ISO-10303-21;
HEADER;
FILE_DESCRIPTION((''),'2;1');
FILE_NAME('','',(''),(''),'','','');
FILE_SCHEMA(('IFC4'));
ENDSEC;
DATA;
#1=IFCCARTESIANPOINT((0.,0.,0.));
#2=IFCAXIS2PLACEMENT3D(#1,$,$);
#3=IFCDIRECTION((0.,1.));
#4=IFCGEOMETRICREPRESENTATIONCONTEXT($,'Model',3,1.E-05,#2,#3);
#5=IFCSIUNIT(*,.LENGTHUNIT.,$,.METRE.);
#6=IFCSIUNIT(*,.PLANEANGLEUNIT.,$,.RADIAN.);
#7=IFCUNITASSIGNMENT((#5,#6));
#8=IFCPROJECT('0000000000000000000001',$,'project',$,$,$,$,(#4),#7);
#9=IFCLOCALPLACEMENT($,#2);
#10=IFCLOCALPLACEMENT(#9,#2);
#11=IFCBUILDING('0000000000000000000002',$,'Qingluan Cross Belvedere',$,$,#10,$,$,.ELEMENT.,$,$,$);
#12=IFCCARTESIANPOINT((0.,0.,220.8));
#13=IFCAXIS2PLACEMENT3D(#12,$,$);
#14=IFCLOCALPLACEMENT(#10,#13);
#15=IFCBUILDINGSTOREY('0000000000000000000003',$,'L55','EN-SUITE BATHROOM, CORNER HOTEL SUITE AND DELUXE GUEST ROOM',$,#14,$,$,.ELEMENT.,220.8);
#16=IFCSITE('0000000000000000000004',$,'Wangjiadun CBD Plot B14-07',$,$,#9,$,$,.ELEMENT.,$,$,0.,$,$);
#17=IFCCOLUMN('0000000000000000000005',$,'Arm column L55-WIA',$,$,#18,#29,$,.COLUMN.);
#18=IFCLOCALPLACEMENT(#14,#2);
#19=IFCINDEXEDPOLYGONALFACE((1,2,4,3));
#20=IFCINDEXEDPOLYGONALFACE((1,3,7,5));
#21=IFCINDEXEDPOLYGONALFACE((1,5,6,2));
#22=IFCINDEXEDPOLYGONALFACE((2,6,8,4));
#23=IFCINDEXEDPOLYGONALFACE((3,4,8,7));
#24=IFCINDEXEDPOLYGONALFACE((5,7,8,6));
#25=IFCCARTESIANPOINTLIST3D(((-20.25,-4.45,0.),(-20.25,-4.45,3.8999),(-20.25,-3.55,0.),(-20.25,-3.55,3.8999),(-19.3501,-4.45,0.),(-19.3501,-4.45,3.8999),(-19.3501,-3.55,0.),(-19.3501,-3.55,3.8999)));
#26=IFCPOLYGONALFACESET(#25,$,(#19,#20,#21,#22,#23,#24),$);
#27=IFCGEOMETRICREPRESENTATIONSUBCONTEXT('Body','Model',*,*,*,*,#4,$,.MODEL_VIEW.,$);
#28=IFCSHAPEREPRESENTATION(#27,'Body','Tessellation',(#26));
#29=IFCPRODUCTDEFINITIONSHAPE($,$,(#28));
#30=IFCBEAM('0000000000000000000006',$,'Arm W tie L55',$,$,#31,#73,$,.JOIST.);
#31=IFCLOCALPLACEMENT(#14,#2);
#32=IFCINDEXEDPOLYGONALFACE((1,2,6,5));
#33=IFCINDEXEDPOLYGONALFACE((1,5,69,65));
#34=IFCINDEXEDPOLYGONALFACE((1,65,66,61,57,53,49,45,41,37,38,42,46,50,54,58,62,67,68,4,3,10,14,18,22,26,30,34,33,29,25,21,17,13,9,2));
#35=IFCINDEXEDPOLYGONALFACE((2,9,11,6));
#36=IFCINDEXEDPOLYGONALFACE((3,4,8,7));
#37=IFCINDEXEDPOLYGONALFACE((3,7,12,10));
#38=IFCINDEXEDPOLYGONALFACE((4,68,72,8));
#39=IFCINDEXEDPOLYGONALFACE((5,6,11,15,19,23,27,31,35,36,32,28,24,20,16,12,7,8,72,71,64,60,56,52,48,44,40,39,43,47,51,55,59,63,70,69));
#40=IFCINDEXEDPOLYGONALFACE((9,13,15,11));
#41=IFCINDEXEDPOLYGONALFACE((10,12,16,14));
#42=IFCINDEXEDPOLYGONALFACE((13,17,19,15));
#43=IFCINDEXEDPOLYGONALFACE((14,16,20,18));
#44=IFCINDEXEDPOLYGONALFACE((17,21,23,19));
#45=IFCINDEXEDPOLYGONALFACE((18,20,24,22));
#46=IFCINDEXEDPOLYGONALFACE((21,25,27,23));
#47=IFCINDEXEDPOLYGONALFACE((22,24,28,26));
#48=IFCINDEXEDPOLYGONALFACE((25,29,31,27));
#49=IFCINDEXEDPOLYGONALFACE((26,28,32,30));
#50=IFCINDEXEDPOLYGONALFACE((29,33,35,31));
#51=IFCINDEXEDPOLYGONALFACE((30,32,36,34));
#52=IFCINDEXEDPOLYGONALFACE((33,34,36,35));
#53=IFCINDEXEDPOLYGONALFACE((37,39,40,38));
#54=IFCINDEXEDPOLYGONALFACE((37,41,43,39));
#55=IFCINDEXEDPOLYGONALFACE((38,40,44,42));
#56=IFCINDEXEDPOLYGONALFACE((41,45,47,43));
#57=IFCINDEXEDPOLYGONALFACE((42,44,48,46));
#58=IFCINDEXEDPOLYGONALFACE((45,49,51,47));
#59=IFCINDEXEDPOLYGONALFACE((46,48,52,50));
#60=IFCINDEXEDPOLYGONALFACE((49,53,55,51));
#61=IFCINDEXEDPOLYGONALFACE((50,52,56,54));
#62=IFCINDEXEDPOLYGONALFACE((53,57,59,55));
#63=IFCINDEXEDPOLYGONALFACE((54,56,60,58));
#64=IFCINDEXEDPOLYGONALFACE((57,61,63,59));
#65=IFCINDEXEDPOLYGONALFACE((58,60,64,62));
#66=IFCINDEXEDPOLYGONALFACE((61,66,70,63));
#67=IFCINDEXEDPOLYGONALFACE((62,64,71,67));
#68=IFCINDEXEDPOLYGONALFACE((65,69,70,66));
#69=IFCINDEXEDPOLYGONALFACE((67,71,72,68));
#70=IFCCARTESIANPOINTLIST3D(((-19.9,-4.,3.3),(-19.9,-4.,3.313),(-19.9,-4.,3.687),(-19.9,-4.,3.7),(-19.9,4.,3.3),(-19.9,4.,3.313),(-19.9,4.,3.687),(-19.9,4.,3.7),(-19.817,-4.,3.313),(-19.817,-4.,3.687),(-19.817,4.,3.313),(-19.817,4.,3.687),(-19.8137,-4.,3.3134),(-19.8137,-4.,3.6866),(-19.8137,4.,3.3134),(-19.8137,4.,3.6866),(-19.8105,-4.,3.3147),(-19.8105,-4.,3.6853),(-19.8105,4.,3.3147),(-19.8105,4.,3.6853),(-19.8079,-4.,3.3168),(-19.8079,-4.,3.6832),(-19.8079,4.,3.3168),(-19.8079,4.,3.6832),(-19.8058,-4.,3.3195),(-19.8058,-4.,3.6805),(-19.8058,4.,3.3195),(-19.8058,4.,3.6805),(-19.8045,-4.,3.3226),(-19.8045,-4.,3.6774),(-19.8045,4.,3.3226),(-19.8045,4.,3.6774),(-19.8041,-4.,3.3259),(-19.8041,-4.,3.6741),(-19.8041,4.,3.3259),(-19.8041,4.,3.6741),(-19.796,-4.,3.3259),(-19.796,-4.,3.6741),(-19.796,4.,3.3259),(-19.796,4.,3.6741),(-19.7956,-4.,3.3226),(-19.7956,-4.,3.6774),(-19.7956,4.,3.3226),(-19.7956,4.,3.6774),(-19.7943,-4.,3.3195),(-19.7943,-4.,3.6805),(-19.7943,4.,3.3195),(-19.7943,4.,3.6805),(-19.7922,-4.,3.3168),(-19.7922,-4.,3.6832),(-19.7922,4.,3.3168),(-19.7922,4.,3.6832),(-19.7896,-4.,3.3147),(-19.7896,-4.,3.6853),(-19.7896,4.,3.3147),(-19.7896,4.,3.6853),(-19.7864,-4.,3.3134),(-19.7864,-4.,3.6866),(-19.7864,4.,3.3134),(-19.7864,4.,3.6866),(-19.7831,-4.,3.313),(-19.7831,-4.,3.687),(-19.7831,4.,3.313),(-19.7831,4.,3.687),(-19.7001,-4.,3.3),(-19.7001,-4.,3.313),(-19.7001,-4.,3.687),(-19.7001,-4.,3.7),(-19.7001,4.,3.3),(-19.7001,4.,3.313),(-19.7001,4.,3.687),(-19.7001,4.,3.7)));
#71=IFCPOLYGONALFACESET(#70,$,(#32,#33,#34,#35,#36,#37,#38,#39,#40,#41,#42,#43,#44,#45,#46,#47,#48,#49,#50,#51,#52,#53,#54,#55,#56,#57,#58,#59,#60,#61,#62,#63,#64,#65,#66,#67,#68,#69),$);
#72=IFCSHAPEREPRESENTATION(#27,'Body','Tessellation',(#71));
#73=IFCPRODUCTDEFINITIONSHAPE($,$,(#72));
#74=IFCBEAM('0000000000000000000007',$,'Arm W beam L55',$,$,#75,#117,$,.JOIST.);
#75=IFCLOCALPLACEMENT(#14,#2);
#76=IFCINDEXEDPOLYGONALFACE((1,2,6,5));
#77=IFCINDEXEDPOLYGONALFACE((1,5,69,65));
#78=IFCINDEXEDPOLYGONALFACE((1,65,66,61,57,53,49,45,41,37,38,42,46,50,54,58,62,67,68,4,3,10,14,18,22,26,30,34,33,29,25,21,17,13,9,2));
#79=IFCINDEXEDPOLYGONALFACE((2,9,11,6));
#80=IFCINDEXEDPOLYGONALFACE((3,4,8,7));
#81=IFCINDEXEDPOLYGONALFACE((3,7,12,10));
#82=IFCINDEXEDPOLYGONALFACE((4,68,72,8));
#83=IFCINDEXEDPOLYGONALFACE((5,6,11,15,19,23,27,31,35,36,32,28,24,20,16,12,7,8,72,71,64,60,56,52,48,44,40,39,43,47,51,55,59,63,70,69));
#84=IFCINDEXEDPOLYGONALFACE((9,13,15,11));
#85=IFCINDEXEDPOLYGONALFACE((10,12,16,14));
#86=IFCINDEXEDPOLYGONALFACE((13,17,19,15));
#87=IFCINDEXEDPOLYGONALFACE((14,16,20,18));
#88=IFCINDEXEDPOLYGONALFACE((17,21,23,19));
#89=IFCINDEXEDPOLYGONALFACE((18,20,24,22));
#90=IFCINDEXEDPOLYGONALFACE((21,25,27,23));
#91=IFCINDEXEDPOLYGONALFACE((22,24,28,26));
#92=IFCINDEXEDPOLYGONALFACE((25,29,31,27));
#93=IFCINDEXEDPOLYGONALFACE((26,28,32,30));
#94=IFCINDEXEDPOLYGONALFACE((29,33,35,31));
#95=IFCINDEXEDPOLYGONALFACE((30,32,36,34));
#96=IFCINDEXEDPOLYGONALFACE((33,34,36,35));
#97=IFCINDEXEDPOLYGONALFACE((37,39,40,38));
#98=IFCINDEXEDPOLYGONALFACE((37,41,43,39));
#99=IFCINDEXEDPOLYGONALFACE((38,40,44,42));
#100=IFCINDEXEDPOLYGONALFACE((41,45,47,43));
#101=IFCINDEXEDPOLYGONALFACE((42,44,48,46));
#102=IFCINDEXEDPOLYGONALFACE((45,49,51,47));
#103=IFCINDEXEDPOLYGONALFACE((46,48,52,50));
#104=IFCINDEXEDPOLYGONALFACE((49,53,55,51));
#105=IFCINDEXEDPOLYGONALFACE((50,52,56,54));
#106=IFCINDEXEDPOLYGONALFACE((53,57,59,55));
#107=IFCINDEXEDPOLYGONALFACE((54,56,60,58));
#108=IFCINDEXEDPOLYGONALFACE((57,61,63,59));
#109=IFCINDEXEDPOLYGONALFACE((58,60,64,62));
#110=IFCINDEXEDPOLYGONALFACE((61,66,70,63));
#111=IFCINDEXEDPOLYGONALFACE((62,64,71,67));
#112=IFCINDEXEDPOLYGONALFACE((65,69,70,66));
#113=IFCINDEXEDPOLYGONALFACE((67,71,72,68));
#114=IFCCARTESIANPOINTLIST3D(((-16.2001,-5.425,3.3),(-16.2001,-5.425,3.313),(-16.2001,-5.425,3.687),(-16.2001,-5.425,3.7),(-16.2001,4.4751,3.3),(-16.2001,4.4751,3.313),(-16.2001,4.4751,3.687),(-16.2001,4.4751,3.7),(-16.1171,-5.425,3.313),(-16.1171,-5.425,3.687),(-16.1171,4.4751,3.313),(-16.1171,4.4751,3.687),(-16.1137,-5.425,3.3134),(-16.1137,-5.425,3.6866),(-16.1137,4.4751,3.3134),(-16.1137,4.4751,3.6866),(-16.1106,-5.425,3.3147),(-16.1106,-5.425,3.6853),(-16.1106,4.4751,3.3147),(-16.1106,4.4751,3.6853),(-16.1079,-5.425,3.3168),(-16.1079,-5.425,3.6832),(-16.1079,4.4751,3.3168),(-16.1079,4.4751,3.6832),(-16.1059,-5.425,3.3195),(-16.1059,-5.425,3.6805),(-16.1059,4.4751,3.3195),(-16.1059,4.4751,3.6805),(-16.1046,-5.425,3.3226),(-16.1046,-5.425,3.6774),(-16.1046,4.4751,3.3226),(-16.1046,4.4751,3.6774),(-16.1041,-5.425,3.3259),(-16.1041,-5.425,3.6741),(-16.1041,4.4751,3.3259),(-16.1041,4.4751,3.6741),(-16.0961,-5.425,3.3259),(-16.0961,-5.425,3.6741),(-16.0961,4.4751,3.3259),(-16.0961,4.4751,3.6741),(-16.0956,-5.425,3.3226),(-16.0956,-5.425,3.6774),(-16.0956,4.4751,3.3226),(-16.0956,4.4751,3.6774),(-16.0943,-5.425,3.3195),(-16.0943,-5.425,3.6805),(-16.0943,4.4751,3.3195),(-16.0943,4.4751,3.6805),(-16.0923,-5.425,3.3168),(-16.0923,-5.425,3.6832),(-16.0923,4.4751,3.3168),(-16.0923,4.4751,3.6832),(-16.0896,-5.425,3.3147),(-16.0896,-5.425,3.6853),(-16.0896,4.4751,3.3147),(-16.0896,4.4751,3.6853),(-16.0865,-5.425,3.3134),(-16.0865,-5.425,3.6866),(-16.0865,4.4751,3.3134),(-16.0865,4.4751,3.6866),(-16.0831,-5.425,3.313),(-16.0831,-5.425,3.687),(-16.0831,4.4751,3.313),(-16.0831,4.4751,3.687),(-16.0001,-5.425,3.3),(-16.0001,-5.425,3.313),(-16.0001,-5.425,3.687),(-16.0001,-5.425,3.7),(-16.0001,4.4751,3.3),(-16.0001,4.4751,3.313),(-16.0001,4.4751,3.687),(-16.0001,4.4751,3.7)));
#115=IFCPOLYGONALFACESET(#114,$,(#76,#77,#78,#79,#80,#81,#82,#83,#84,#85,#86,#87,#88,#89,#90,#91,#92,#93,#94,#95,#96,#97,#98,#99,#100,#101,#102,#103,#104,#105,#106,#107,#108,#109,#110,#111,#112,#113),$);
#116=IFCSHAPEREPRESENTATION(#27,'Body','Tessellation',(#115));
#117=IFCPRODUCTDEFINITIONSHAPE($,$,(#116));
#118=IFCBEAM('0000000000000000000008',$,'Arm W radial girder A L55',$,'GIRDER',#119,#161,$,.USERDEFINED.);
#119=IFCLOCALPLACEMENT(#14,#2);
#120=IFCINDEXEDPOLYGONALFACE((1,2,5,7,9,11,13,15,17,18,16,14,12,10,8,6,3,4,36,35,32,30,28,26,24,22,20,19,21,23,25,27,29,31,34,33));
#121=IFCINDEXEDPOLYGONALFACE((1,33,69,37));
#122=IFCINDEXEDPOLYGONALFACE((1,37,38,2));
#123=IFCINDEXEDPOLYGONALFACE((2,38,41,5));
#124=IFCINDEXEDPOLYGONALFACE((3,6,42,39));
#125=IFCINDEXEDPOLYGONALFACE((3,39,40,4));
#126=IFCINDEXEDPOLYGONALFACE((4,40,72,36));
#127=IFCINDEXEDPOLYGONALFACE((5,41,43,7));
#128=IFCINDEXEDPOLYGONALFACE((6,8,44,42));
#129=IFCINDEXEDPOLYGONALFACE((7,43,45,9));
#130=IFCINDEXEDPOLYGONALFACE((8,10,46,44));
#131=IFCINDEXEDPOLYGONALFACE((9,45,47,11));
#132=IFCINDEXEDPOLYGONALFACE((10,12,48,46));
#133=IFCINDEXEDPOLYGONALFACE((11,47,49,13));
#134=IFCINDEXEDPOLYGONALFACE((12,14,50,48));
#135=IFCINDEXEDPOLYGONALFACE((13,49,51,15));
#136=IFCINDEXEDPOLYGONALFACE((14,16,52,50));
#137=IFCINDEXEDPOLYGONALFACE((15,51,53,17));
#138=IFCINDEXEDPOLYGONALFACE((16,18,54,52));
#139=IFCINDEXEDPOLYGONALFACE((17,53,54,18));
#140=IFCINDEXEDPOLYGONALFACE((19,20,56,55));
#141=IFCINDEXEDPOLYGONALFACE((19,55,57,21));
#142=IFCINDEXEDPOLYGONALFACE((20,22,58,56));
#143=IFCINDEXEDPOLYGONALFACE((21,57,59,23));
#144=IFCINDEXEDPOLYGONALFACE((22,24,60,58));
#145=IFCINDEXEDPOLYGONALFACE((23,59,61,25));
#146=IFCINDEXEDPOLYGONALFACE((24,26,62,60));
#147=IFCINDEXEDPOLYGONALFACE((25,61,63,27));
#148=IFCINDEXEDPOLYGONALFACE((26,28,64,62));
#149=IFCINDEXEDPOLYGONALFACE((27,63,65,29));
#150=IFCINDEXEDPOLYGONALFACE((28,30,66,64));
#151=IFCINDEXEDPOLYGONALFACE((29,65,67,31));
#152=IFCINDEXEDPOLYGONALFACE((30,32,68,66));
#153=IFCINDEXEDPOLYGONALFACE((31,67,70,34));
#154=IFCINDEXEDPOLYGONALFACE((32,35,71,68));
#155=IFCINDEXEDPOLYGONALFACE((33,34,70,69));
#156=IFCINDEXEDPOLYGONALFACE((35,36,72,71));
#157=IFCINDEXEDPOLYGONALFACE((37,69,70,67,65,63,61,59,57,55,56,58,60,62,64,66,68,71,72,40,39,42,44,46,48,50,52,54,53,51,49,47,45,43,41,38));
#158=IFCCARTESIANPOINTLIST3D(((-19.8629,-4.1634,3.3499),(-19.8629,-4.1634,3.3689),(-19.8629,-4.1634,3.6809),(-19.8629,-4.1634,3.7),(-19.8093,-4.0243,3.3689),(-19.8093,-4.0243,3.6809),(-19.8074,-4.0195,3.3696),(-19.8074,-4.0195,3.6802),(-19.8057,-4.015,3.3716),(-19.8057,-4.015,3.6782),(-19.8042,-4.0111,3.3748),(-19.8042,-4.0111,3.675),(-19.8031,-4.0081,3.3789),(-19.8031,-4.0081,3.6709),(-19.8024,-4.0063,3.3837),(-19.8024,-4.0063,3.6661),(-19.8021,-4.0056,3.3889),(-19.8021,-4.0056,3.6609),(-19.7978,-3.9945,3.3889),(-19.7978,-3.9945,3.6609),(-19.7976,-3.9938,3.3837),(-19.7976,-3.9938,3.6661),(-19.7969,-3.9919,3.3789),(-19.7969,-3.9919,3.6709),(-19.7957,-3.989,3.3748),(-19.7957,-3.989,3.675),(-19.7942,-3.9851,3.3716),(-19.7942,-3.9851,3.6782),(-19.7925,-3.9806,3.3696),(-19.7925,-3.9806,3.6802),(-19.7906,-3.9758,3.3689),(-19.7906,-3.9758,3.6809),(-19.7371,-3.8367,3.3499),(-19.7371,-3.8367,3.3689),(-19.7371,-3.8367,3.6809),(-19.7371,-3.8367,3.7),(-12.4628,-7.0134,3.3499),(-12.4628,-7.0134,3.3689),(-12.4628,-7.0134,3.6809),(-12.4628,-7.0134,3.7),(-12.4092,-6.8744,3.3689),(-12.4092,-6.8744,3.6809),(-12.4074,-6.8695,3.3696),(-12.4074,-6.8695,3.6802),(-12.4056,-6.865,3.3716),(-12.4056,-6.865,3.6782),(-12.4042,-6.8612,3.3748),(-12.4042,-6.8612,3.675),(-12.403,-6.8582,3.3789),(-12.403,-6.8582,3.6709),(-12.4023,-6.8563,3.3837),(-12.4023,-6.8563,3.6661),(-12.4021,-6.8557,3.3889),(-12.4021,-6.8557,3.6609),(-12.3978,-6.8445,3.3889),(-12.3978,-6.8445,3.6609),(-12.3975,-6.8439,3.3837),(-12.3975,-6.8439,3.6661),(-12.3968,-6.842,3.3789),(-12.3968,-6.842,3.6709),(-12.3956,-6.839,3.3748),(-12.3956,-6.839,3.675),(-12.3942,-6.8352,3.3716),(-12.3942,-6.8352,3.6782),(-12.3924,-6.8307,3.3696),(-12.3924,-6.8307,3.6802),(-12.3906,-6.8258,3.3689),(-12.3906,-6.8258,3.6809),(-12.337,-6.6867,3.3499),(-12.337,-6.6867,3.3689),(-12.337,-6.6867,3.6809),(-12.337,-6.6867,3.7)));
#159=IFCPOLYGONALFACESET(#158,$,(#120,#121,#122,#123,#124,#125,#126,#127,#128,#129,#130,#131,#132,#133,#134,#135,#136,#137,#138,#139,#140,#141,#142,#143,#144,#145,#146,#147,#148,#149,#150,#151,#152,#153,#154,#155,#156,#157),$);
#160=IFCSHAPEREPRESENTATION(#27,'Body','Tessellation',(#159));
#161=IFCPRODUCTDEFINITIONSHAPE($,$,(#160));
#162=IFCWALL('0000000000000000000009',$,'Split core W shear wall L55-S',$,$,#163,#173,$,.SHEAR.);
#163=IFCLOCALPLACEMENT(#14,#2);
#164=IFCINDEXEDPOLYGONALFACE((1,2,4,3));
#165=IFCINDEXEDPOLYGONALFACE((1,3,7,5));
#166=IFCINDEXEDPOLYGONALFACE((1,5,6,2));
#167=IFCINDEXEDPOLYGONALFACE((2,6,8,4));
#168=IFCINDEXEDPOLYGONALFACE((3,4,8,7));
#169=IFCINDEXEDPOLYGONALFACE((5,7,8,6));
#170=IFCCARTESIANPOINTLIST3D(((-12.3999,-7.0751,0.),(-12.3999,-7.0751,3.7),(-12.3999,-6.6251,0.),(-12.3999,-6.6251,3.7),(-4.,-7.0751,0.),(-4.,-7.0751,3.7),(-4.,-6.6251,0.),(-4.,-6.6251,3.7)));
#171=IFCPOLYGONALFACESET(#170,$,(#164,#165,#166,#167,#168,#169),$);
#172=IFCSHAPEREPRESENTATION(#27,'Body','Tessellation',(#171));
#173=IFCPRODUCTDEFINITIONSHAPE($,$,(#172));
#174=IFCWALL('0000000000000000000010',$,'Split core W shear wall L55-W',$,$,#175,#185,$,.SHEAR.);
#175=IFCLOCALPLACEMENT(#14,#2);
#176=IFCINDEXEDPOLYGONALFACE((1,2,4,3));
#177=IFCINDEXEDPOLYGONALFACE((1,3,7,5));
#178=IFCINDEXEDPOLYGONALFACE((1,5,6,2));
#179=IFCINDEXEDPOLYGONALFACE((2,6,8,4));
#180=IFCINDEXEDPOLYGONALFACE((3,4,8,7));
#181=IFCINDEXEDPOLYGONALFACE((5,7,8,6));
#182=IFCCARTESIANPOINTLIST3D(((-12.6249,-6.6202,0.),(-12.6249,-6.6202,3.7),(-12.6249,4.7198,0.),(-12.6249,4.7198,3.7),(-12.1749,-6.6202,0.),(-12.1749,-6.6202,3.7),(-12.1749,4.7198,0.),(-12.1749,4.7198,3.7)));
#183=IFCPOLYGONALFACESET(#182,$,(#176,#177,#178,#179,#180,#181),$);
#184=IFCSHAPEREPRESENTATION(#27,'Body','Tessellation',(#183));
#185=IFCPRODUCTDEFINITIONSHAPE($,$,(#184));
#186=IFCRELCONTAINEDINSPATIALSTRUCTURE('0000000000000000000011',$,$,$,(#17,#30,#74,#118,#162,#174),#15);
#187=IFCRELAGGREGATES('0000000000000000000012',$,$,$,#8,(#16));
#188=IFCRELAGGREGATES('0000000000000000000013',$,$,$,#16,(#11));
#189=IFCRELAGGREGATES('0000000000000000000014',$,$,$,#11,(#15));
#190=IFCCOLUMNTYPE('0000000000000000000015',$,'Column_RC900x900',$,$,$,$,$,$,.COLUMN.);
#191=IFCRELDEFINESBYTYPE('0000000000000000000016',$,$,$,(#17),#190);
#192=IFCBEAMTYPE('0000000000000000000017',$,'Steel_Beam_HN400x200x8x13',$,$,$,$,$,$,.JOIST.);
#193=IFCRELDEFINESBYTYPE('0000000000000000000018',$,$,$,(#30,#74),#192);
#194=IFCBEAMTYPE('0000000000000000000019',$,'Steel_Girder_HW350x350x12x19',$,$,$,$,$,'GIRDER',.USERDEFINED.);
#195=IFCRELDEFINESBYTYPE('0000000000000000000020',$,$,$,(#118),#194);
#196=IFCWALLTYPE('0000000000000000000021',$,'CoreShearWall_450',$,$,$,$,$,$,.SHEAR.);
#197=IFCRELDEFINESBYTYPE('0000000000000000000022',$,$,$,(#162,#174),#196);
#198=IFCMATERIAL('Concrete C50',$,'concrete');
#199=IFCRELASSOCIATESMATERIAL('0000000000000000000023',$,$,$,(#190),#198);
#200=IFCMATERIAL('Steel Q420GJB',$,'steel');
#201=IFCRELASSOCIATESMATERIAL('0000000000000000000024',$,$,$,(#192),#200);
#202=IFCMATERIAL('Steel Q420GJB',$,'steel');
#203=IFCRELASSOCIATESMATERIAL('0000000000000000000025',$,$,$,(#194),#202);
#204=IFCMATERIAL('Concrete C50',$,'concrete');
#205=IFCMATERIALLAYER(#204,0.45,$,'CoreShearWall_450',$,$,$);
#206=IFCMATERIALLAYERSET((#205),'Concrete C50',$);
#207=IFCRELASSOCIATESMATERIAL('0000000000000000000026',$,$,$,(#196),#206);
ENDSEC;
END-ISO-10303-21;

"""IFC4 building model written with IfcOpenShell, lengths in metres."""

from ifc_helpers import new_model, si_unit, direction, frame, frame_2d, origin, origin_2d, place, context, subcontext, project, spatial, rectangle, i_section, extrude, material, layer, layer_set, material_profile, profile_set, type_object, element, save


model = new_model("IFC4")

# Units and contexts
model_context = context("Model", 3, precision=1e-05, world=origin(), true_north=direction((0.0, 1.0)))
body_context = subcontext(model_context, "Body", "Model", "MODEL_VIEW")
ifc_project = project(units=[si_unit("LENGTHUNIT", "METRE"), si_unit("PLANEANGLEUNIT", "RADIAN")], contexts=[model_context])

# Site, building, storey
site_placement = place(None, origin())
site = spatial("IfcSite", under=ifc_project, at=site_placement, Name="Wangjiadun CBD Plot B14-07", CompositionType="ELEMENT", RefElevation=0.0)
building_placement = place(site_placement, origin())
building = spatial("IfcBuilding", under=site, at=building_placement, Name="Qingluan Cross Belvedere", CompositionType="ELEMENT")
storey_placement = place(building_placement, frame((0.0, 0.0, 220.8)))
storey = spatial("IfcBuildingStorey", under=building, at=storey_placement, Name="L55", Description="EN-SUITE BATHROOM, CORNER HOTEL SUITE AND DELUXE GUEST ROOM", CompositionType="ELEMENT", Elevation=220.8)

# Column
ifc_material_1 = material(Name="Concrete C50", Category="concrete")
ifc_material_profile_1 = material_profile(ifc_material_1, rectangle(XDim=0.8999, YDim=0.8999, at=origin_2d()), Name="RC900x900")
ifc_profile_set_1 = profile_set([ifc_material_profile_1], Name="Concrete C50")
column_type = type_object("IfcColumnType", Name="Column_RC900x900", PredefinedType="COLUMN", material=ifc_profile_set_1)
column_placement = place(storey_placement, frame((-19.8, -4.0, 0.0), z_axis=(0.0, 0.0, 1.0), x_axis=(1.0, 0.0, 0.0)))
element("IfcColumn", 1, at=column_placement, inside=storey, type_object=column_type, Name="Arm column L55-WIA", PredefinedType="COLUMN", context=body_context, shape_type="SweptSolid", body=[
    extrude(rectangle(XDim=0.8999, YDim=0.8999, at=origin_2d()), origin(), (0.0, 0.0, 1.0), 3.8999),
])

# Beams
ifc_material_2 = material(Name="Steel Q420GJB", Category="steel")
ifc_material_profile_2 = material_profile(ifc_material_2, i_section(OverallWidth=0.2, OverallDepth=0.3999, WebThickness=0.0081, FlangeThickness=0.0129, FilletRadius=0.0129, at=origin_2d()), Name="HN400x200x8x13")
ifc_profile_set_2 = profile_set([ifc_material_profile_2], Name="Steel Q420GJB")
beam_type_1 = type_object("IfcBeamType", Name="Steel_Beam_HN400x200x8x13", PredefinedType="JOIST", material=ifc_profile_set_2)
beam_1_placement = place(storey_placement, frame((-19.8, -4.0, 3.5), z_axis=(0.0, 1.0, 0.0), x_axis=(-1.0, 0.0, 0.0)))
element("IfcBeam", 2, at=beam_1_placement, inside=storey, type_object=beam_type_1, Name="Arm W tie L55", PredefinedType="JOIST", context=body_context, shape_type="SweptSolid", body=[
    extrude(i_section(OverallWidth=0.2, OverallDepth=0.3999, WebThickness=0.0081, FlangeThickness=0.0129, FilletRadius=0.0129, at=origin_2d()), origin(), (0.0, 0.0, 1.0), 8.0),
])
beam_2_placement = place(storey_placement, frame((-16.1001, -5.425, 3.5), z_axis=(0.0, 1.0, 0.0), x_axis=(-1.0, 0.0, 0.0)))
element("IfcBeam", 3, at=beam_2_placement, inside=storey, type_object=beam_type_1, Name="Arm W beam L55", PredefinedType="JOIST", context=body_context, shape_type="SweptSolid", body=[
    extrude(i_section(OverallWidth=0.2, OverallDepth=0.3999, WebThickness=0.0081, FlangeThickness=0.0129, FilletRadius=0.0129, at=origin_2d()), origin(), (0.0, 0.0, 1.0), 9.9001),
])
ifc_material_3 = material(Name="Steel Q420GJB", Category="steel")
ifc_material_profile_3 = material_profile(ifc_material_3, i_section(OverallWidth=0.3501, OverallDepth=0.3501, WebThickness=0.012, FlangeThickness=0.019, FilletRadius=0.02, at=origin_2d()), Name="HW350x350x12x19")
ifc_profile_set_3 = profile_set([ifc_material_profile_3], Name="Steel Q420GJB")
beam_type_2 = type_object("IfcBeamType", Name="Steel_Girder_HW350x350x12x19", ElementType="GIRDER", PredefinedType="USERDEFINED", material=ifc_profile_set_3)
beam_3_placement = place(storey_placement, frame((-12.3999, -6.8501, 3.5249), z_axis=(-0.933181, 0.359406, 0.0), x_axis=(-0.359406, -0.933181, 0.0)))
element("IfcBeam", 4, at=beam_3_placement, inside=storey, type_object=beam_type_2, Name="Arm W radial girder A L55", ObjectType="GIRDER", PredefinedType="USERDEFINED", context=body_context, shape_type="SweptSolid", body=[
    extrude(i_section(OverallWidth=0.3501, OverallDepth=0.3501, WebThickness=0.012, FlangeThickness=0.019, FilletRadius=0.02, at=origin_2d()), origin(), (0.0, 0.0, 1.0), 7.9299),
])

# Walls
ifc_material_4 = material(Name="Concrete C50", Category="concrete")
ifc_layer_1 = layer(ifc_material_4, 0.45, Name="CoreShearWall_450")
ifc_layer_set_1 = layer_set([ifc_layer_1], Name="Concrete C50")
wall_type_1 = type_object("IfcWallType", Name="CoreShearWall_450", PredefinedType="SHEAR", material=ifc_layer_set_1)
wall_1_placement = place(storey_placement, frame((-12.3999, -6.8501, 0.0), z_axis=(0.0, 0.0, 1.0), x_axis=(1.0, 0.0, 0.0)))
element("IfcWall", 5, at=wall_1_placement, inside=storey, type_object=wall_type_1, Name="Split core W shear wall L55-S", PredefinedType="SHEAR", context=body_context, shape_type="SweptSolid", body=[
    extrude(rectangle(XDim=8.3999, YDim=0.45, at=frame_2d((4.2, 0.0))), origin(), (0.0, 0.0, 1.0), 3.7),
])
wall_2_placement = place(storey_placement, frame((-12.3999, -6.6201, 0.0), z_axis=(0.0, 0.0, 1.0), x_axis=(0.0, 1.0, 0.0)))
element("IfcWall", 6, at=wall_2_placement, inside=storey, type_object=wall_type_1, Name="Split core W shear wall L55-W", PredefinedType="SHEAR", context=body_context, shape_type="SweptSolid", body=[
    extrude(rectangle(XDim=11.3401, YDim=0.45, at=frame_2d((5.6699, 0.0))), origin(), (0.0, 0.0, 1.0), 3.7),
])

save(model, "model.ifc")
